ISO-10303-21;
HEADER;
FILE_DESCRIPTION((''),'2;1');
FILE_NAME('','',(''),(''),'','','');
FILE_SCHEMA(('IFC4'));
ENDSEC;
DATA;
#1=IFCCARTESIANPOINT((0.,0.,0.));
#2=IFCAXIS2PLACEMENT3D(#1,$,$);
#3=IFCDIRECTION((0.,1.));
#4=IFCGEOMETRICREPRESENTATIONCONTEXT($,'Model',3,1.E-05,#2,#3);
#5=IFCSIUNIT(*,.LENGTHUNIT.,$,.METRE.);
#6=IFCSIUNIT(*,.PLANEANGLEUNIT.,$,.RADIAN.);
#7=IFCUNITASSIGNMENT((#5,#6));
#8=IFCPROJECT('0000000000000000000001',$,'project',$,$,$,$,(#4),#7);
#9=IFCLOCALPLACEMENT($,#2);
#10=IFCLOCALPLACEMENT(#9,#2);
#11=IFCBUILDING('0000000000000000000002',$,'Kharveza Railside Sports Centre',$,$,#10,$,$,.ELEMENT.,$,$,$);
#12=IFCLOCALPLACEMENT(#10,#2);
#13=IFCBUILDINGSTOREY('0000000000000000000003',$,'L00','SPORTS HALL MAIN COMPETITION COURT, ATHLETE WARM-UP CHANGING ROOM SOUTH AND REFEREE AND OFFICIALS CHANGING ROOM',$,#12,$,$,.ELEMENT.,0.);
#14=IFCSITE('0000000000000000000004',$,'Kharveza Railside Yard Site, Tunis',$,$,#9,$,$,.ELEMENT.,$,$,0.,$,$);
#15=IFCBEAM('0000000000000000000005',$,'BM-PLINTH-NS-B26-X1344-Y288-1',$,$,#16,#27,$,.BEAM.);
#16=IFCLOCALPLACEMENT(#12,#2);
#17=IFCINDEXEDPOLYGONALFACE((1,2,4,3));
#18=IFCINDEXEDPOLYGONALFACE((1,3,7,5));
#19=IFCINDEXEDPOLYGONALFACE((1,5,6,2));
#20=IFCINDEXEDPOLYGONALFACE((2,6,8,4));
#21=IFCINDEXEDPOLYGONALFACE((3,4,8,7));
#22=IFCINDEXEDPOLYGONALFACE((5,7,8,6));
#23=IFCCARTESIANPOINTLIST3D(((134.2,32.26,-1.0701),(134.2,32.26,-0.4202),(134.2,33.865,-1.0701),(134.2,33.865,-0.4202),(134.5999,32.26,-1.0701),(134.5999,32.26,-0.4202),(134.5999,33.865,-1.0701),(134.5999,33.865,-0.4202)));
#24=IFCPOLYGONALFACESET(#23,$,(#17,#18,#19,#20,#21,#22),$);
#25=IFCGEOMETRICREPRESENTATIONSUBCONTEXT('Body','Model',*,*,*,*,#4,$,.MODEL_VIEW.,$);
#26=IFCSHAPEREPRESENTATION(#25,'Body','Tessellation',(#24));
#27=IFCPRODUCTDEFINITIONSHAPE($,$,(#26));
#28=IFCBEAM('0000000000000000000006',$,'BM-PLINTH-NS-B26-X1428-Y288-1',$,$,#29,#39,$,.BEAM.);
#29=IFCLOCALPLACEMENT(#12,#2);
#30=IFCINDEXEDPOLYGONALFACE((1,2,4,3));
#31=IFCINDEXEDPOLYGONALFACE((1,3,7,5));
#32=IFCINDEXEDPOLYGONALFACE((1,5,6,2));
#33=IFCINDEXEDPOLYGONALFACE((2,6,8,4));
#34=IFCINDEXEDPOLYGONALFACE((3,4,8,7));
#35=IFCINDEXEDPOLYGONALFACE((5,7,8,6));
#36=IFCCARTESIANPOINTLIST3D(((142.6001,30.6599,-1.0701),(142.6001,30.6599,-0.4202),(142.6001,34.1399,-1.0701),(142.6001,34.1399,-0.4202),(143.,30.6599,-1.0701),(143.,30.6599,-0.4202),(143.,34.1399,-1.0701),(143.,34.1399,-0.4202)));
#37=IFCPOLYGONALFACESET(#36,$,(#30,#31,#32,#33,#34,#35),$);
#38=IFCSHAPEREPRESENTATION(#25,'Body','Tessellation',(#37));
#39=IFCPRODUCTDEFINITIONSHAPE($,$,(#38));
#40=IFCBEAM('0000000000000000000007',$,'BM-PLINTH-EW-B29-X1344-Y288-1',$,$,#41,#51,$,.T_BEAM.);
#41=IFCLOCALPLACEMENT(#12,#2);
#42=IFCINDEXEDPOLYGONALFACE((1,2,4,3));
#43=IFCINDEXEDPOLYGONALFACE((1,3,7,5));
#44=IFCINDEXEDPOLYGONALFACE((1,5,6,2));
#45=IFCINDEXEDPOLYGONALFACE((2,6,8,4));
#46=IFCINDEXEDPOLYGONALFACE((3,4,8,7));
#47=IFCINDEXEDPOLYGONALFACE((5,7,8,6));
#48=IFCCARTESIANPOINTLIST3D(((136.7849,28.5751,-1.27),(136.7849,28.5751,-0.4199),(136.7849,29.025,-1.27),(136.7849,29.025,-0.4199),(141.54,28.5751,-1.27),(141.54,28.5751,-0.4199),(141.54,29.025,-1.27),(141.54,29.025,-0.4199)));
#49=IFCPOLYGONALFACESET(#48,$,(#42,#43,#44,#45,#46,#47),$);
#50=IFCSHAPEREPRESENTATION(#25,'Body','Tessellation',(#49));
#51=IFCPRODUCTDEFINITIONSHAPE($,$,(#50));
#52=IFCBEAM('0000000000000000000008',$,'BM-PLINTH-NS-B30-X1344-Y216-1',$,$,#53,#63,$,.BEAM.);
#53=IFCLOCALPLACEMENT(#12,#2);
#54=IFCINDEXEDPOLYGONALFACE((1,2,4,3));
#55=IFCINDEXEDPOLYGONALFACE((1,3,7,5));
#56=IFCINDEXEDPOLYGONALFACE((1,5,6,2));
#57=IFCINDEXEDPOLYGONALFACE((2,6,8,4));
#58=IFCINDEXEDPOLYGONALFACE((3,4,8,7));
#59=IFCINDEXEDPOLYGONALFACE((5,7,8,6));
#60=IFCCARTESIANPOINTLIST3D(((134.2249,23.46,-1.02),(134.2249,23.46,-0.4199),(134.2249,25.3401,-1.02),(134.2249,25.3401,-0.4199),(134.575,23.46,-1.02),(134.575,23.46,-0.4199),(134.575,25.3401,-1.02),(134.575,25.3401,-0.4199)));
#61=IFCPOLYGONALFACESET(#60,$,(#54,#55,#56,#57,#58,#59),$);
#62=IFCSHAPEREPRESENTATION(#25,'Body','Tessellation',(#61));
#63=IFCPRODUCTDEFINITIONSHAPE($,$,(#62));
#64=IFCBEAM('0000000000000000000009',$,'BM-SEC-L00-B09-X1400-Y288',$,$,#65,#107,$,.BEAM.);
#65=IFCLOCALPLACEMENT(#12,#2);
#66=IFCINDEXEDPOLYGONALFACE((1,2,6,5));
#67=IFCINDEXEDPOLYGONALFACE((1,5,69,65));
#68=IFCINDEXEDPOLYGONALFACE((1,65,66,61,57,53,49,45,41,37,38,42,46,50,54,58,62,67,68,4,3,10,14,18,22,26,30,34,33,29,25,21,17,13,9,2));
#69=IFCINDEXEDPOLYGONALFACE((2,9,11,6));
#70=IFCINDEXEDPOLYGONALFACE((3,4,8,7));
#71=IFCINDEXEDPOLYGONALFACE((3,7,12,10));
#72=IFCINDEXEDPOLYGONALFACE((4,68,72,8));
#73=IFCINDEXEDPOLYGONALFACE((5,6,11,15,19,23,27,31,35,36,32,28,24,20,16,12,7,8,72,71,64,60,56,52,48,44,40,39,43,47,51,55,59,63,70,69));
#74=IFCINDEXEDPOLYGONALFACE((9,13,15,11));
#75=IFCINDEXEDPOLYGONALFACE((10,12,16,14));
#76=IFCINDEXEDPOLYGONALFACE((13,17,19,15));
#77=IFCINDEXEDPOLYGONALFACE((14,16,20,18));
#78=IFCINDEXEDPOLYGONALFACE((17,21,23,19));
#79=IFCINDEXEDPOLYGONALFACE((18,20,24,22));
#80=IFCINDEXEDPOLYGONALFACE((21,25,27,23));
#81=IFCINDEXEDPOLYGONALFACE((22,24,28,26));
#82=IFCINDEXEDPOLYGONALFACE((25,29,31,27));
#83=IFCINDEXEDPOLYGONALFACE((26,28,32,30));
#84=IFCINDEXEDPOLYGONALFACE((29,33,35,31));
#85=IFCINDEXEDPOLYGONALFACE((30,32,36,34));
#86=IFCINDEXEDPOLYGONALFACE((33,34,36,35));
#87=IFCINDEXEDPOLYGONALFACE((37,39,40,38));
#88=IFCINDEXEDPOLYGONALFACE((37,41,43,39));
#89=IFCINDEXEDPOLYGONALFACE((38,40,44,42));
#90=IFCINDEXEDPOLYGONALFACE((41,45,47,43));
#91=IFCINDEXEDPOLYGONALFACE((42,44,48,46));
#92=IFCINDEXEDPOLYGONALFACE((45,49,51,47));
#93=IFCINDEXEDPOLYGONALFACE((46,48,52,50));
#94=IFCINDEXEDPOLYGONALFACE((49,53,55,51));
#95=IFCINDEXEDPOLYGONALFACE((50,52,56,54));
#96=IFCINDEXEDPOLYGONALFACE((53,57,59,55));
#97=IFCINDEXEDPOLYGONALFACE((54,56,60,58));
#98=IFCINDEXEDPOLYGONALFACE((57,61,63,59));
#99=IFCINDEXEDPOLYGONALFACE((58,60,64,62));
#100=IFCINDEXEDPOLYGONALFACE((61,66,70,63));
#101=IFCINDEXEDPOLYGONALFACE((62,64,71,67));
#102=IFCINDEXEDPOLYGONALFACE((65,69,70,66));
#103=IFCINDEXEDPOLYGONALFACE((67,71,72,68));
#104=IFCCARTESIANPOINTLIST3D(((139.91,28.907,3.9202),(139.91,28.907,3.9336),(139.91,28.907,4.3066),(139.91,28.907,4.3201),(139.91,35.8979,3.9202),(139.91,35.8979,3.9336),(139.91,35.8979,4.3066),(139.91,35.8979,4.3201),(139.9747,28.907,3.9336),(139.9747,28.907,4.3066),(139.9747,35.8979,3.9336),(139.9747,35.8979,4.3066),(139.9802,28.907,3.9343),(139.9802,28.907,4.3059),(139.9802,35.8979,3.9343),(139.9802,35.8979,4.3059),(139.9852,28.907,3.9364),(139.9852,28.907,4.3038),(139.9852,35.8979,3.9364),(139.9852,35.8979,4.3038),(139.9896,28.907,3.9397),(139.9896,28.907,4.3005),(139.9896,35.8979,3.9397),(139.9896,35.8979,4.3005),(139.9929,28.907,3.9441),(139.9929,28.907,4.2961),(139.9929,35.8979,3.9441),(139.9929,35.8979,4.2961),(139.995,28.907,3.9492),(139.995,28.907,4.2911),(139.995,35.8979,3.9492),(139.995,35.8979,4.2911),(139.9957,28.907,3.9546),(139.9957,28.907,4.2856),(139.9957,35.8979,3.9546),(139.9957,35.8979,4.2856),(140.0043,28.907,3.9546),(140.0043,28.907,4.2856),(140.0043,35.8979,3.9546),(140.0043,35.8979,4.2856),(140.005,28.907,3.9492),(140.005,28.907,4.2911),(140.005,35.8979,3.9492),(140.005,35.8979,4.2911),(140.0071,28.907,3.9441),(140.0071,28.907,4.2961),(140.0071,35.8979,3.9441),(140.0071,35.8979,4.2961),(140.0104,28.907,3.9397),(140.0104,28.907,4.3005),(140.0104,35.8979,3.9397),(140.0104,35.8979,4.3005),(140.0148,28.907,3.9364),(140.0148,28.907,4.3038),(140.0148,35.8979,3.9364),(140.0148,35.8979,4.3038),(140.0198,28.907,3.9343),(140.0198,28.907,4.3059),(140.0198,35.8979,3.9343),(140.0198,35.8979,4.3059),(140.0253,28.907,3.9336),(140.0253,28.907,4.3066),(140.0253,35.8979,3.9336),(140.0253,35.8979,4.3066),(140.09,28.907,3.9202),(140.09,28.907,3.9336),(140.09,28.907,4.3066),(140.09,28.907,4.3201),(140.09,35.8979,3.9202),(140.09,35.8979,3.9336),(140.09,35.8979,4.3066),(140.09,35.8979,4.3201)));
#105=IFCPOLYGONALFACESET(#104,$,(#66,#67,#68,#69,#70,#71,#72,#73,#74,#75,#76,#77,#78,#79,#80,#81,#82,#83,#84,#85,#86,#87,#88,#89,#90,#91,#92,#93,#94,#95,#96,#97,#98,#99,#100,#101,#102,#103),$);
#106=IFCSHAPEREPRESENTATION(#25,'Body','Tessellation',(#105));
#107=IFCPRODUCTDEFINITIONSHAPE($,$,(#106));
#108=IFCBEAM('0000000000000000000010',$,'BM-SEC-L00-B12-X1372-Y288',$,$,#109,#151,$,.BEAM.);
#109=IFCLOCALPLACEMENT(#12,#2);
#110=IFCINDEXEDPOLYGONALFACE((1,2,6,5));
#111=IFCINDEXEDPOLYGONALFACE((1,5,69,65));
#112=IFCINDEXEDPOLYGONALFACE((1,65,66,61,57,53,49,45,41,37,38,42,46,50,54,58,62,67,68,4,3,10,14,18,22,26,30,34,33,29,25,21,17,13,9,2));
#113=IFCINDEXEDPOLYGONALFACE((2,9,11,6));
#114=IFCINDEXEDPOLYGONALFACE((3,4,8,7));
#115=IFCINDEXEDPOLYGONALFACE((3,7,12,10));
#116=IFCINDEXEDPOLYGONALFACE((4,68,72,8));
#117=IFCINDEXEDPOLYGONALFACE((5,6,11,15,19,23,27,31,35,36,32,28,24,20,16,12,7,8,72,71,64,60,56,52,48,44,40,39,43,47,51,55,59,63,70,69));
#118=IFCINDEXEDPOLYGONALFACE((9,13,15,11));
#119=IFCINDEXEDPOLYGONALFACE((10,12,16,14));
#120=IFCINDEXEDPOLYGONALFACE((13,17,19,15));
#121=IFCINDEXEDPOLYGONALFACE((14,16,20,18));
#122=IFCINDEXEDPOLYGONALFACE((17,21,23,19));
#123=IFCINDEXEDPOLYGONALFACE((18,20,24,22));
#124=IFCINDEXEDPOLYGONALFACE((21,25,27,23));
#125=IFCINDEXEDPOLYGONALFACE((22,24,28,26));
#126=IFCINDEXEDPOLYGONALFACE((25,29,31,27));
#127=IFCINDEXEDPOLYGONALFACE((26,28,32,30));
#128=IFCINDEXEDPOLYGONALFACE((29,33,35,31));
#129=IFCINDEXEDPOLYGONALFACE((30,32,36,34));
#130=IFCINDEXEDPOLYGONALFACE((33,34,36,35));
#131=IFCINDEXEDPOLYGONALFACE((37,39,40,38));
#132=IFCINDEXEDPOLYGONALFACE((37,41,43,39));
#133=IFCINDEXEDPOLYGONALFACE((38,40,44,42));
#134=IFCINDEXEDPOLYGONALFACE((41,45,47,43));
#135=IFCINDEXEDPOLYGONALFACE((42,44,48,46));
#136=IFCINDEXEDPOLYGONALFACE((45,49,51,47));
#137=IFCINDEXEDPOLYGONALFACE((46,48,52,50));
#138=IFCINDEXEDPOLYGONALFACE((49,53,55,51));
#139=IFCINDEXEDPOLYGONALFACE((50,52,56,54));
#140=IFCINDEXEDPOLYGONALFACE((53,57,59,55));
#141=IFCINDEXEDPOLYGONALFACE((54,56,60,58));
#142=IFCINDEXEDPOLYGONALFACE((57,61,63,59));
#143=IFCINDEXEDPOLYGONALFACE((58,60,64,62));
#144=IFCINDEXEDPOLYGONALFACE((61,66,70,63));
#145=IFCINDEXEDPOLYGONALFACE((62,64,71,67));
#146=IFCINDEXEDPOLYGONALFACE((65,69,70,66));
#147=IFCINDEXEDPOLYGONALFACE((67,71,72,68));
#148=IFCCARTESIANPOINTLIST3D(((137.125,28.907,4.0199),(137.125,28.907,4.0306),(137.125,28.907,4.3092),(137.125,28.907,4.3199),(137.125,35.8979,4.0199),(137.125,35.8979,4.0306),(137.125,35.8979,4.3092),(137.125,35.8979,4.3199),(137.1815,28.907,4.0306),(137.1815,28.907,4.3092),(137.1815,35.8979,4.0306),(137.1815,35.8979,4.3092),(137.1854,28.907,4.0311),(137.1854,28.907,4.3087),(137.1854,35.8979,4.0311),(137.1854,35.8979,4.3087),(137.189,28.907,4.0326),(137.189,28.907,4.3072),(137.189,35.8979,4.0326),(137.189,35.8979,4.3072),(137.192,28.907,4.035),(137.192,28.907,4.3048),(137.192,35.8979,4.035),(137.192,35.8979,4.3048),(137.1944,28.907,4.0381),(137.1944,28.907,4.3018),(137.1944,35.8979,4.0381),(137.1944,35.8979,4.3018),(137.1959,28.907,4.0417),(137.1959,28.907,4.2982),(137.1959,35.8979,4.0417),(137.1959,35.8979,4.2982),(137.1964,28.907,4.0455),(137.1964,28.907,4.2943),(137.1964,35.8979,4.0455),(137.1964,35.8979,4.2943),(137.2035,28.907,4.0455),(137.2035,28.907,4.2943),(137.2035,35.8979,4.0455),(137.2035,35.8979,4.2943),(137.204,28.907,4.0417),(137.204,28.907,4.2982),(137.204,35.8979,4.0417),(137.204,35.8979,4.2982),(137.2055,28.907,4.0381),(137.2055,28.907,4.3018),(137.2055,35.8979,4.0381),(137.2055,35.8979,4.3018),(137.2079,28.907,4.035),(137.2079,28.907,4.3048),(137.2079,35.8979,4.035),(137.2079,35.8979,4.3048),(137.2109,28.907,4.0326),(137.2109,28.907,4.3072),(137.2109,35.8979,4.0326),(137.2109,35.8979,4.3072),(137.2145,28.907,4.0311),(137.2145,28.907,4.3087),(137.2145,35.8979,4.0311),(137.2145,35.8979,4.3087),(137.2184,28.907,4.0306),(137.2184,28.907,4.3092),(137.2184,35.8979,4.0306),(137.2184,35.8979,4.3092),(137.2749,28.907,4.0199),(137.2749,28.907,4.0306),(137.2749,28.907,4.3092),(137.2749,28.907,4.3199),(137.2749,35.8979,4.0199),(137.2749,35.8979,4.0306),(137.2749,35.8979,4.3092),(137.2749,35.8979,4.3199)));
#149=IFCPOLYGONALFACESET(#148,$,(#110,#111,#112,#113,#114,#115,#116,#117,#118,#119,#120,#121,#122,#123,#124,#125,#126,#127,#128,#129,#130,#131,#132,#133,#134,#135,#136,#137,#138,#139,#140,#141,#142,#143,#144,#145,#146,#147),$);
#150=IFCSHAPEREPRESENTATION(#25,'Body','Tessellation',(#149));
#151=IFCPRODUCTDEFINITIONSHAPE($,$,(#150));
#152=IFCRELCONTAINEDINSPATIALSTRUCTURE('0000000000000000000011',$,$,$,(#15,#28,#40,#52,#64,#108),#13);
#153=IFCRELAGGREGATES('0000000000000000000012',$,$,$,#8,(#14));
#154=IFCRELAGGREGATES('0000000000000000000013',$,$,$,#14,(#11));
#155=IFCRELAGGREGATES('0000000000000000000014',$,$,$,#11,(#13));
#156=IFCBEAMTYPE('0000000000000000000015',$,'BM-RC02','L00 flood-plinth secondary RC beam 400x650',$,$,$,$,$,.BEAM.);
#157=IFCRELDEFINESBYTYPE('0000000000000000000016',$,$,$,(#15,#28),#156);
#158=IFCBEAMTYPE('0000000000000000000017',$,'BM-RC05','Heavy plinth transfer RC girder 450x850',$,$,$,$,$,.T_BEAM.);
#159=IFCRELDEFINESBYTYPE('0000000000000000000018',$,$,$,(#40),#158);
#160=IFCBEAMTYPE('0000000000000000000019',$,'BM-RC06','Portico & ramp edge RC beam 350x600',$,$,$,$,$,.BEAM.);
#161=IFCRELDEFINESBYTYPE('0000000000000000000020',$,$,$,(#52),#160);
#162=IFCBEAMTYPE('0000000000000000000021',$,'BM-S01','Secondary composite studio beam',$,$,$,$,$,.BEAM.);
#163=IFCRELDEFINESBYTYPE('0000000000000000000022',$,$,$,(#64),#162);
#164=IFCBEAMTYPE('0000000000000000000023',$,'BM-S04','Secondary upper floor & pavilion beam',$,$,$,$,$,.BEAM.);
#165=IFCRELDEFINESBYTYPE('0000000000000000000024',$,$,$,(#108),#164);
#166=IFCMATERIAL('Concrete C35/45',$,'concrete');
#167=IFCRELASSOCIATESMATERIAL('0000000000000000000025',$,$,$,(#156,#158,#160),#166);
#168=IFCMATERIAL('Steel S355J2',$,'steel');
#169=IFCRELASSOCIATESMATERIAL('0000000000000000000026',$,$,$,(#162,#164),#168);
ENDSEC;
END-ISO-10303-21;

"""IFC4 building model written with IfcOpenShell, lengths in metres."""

from ifc_helpers import new_model, si_unit, direction, frame, origin, origin_2d, place, context, subcontext, project, spatial, rectangle, i_section, extrude, material, material_profile, profile_set, type_object, element, save


model = new_model("IFC4")

# Units and contexts
model_context = context("Model", 3, precision=1e-05, world=origin(), true_north=direction((0.0, 1.0)))
body_context = subcontext(model_context, "Body", "Model", "MODEL_VIEW")
ifc_project = project(units=[si_unit("LENGTHUNIT", "METRE"), si_unit("PLANEANGLEUNIT", "RADIAN")], contexts=[model_context])

# Site, building, storey
site_placement = place(None, origin())
site = spatial("IfcSite", under=ifc_project, at=site_placement, Name="Kharveza Railside Yard Site, Tunis", CompositionType="ELEMENT", RefElevation=0.0)
building_placement = place(site_placement, origin())
building = spatial("IfcBuilding", under=site, at=building_placement, Name="Kharveza Railside Sports Centre", CompositionType="ELEMENT")
storey_placement = place(building_placement, origin())
storey = spatial("IfcBuildingStorey", under=building, at=storey_placement, Name="L00", Description="SPORTS HALL MAIN COMPETITION COURT, ATHLETE WARM-UP CHANGING ROOM SOUTH AND REFEREE AND OFFICIALS CHANGING ROOM", CompositionType="ELEMENT", Elevation=0.0)

# Shared definitions
ifc_material_1 = material(Name="Concrete C35/45", Category="concrete")

# Shared definitions
ifc_material_2 = material(Name="Steel S355J2", Category="steel")

# Beams
ifc_material_profile_1 = material_profile(ifc_material_1, rectangle(XDim=0.3999, YDim=0.6499, at=origin_2d()), Name="RCB 400x650")
ifc_profile_set_1 = profile_set([ifc_material_profile_1], Name="Concrete C35/45")
beam_type_1 = type_object("IfcBeamType", Name="BM-RC02", Description="L00 flood-plinth secondary RC beam 400x650", PredefinedType="BEAM", material=ifc_profile_set_1)
beam_1_placement = place(storey_placement, frame((134.3999, 32.26, -0.7451), z_axis=(0.0, 1.0, 0.0), x_axis=(-1.0, 0.0, 0.0)))
element("IfcBeam", 1, at=beam_1_placement, inside=storey, type_object=beam_type_1, Name="BM-PLINTH-NS-B26-X1344-Y288-1", PredefinedType="BEAM", context=body_context, shape_type="SweptSolid", body=[
    extrude(rectangle(XDim=0.3999, YDim=0.6499, at=origin_2d()), origin(), (0.0, 0.0, 1.0), 1.605),
])
beam_2_placement = place(storey_placement, frame((142.8, 30.6599, -0.7451), z_axis=(0.0, 1.0, 0.0), x_axis=(-1.0, 0.0, 0.0)))
element("IfcBeam", 2, at=beam_2_placement, inside=storey, type_object=beam_type_1, Name="BM-PLINTH-NS-B26-X1428-Y288-1", PredefinedType="BEAM", context=body_context, shape_type="SweptSolid", body=[
    extrude(rectangle(XDim=0.3999, YDim=0.6499, at=origin_2d()), origin(), (0.0, 0.0, 1.0), 3.48),
])
ifc_material_profile_2 = material_profile(ifc_material_1, rectangle(XDim=0.45, YDim=0.8501, at=origin_2d()), Name="RCB 450x850")
ifc_profile_set_2 = profile_set([ifc_material_profile_2], Name="Concrete C35/45")
beam_type_2 = type_object("IfcBeamType", Name="BM-RC05", Description="Heavy plinth transfer RC girder 450x850", PredefinedType="T_BEAM", material=ifc_profile_set_2)
beam_3_placement = place(storey_placement, frame((136.7849, 28.8, -0.845), z_axis=(1.0, 0.0, 0.0), x_axis=(0.0, 1.0, 0.0)))
element("IfcBeam", 3, at=beam_3_placement, inside=storey, type_object=beam_type_2, Name="BM-PLINTH-EW-B29-X1344-Y288-1", PredefinedType="T_BEAM", context=body_context, shape_type="SweptSolid", body=[
    extrude(rectangle(XDim=0.45, YDim=0.8501, at=origin_2d()), origin(), (0.0, 0.0, 1.0), 4.7551),
])
ifc_material_profile_3 = material_profile(ifc_material_1, rectangle(XDim=0.3501, YDim=0.6001, at=origin_2d()), Name="RCB 350x600")
ifc_profile_set_3 = profile_set([ifc_material_profile_3], Name="Concrete C35/45")
beam_type_3 = type_object("IfcBeamType", Name="BM-RC06", Description="Portico & ramp edge RC beam 350x600", PredefinedType="BEAM", material=ifc_profile_set_3)
beam_4_placement = place(storey_placement, frame((134.3999, 23.46, -0.72), z_axis=(0.0, 1.0, 0.0), x_axis=(-1.0, 0.0, 0.0)))
element("IfcBeam", 4, at=beam_4_placement, inside=storey, type_object=beam_type_3, Name="BM-PLINTH-NS-B30-X1344-Y216-1", PredefinedType="BEAM", context=body_context, shape_type="SweptSolid", body=[
    extrude(rectangle(XDim=0.3501, YDim=0.6001, at=origin_2d()), origin(), (0.0, 0.0, 1.0), 1.8801),
])
ifc_material_profile_4 = material_profile(ifc_material_2, i_section(OverallWidth=0.1799, OverallDepth=0.3999, WebThickness=0.0085, FlangeThickness=0.0134, FilletRadius=0.021, at=origin_2d()), Name="IPE 400")
ifc_profile_set_4 = profile_set([ifc_material_profile_4], Name="Steel S355J2")
beam_type_4 = type_object("IfcBeamType", Name="BM-S01", Description="Secondary composite studio beam", PredefinedType="BEAM", material=ifc_profile_set_4)
beam_5_placement = place(storey_placement, frame((140.0, 28.907, 4.1201), z_axis=(0.0, 1.0, 0.0), x_axis=(-1.0, 0.0, 0.0)))
element("IfcBeam", 5, at=beam_5_placement, inside=storey, type_object=beam_type_4, Name="BM-SEC-L00-B09-X1400-Y288", PredefinedType="BEAM", context=body_context, shape_type="SweptSolid", body=[
    extrude(i_section(OverallWidth=0.1799, OverallDepth=0.3999, WebThickness=0.0085, FlangeThickness=0.0134, FilletRadius=0.021, at=origin_2d()), origin(), (0.0, 0.0, 1.0), 6.991),
])
ifc_material_profile_5 = material_profile(ifc_material_2, i_section(OverallWidth=0.1499, OverallDepth=0.3, WebThickness=0.0071, FlangeThickness=0.0107, FilletRadius=0.0149, at=origin_2d()), Name="IPE 300")
ifc_profile_set_5 = profile_set([ifc_material_profile_5], Name="Steel S355J2")
beam_type_5 = type_object("IfcBeamType", Name="BM-S04", Description="Secondary upper floor & pavilion beam", PredefinedType="BEAM", material=ifc_profile_set_5)
beam_6_placement = place(storey_placement, frame((137.2, 28.907, 4.1699), z_axis=(0.0, 1.0, 0.0), x_axis=(-1.0, 0.0, 0.0)))
element("IfcBeam", 6, at=beam_6_placement, inside=storey, type_object=beam_type_5, Name="BM-SEC-L00-B12-X1372-Y288", PredefinedType="BEAM", context=body_context, shape_type="SweptSolid", body=[
    extrude(i_section(OverallWidth=0.1499, OverallDepth=0.3, WebThickness=0.0071, FlangeThickness=0.0107, FilletRadius=0.0149, at=origin_2d()), origin(), (0.0, 0.0, 1.0), 6.991),
])

save(model, "model.ifc")
